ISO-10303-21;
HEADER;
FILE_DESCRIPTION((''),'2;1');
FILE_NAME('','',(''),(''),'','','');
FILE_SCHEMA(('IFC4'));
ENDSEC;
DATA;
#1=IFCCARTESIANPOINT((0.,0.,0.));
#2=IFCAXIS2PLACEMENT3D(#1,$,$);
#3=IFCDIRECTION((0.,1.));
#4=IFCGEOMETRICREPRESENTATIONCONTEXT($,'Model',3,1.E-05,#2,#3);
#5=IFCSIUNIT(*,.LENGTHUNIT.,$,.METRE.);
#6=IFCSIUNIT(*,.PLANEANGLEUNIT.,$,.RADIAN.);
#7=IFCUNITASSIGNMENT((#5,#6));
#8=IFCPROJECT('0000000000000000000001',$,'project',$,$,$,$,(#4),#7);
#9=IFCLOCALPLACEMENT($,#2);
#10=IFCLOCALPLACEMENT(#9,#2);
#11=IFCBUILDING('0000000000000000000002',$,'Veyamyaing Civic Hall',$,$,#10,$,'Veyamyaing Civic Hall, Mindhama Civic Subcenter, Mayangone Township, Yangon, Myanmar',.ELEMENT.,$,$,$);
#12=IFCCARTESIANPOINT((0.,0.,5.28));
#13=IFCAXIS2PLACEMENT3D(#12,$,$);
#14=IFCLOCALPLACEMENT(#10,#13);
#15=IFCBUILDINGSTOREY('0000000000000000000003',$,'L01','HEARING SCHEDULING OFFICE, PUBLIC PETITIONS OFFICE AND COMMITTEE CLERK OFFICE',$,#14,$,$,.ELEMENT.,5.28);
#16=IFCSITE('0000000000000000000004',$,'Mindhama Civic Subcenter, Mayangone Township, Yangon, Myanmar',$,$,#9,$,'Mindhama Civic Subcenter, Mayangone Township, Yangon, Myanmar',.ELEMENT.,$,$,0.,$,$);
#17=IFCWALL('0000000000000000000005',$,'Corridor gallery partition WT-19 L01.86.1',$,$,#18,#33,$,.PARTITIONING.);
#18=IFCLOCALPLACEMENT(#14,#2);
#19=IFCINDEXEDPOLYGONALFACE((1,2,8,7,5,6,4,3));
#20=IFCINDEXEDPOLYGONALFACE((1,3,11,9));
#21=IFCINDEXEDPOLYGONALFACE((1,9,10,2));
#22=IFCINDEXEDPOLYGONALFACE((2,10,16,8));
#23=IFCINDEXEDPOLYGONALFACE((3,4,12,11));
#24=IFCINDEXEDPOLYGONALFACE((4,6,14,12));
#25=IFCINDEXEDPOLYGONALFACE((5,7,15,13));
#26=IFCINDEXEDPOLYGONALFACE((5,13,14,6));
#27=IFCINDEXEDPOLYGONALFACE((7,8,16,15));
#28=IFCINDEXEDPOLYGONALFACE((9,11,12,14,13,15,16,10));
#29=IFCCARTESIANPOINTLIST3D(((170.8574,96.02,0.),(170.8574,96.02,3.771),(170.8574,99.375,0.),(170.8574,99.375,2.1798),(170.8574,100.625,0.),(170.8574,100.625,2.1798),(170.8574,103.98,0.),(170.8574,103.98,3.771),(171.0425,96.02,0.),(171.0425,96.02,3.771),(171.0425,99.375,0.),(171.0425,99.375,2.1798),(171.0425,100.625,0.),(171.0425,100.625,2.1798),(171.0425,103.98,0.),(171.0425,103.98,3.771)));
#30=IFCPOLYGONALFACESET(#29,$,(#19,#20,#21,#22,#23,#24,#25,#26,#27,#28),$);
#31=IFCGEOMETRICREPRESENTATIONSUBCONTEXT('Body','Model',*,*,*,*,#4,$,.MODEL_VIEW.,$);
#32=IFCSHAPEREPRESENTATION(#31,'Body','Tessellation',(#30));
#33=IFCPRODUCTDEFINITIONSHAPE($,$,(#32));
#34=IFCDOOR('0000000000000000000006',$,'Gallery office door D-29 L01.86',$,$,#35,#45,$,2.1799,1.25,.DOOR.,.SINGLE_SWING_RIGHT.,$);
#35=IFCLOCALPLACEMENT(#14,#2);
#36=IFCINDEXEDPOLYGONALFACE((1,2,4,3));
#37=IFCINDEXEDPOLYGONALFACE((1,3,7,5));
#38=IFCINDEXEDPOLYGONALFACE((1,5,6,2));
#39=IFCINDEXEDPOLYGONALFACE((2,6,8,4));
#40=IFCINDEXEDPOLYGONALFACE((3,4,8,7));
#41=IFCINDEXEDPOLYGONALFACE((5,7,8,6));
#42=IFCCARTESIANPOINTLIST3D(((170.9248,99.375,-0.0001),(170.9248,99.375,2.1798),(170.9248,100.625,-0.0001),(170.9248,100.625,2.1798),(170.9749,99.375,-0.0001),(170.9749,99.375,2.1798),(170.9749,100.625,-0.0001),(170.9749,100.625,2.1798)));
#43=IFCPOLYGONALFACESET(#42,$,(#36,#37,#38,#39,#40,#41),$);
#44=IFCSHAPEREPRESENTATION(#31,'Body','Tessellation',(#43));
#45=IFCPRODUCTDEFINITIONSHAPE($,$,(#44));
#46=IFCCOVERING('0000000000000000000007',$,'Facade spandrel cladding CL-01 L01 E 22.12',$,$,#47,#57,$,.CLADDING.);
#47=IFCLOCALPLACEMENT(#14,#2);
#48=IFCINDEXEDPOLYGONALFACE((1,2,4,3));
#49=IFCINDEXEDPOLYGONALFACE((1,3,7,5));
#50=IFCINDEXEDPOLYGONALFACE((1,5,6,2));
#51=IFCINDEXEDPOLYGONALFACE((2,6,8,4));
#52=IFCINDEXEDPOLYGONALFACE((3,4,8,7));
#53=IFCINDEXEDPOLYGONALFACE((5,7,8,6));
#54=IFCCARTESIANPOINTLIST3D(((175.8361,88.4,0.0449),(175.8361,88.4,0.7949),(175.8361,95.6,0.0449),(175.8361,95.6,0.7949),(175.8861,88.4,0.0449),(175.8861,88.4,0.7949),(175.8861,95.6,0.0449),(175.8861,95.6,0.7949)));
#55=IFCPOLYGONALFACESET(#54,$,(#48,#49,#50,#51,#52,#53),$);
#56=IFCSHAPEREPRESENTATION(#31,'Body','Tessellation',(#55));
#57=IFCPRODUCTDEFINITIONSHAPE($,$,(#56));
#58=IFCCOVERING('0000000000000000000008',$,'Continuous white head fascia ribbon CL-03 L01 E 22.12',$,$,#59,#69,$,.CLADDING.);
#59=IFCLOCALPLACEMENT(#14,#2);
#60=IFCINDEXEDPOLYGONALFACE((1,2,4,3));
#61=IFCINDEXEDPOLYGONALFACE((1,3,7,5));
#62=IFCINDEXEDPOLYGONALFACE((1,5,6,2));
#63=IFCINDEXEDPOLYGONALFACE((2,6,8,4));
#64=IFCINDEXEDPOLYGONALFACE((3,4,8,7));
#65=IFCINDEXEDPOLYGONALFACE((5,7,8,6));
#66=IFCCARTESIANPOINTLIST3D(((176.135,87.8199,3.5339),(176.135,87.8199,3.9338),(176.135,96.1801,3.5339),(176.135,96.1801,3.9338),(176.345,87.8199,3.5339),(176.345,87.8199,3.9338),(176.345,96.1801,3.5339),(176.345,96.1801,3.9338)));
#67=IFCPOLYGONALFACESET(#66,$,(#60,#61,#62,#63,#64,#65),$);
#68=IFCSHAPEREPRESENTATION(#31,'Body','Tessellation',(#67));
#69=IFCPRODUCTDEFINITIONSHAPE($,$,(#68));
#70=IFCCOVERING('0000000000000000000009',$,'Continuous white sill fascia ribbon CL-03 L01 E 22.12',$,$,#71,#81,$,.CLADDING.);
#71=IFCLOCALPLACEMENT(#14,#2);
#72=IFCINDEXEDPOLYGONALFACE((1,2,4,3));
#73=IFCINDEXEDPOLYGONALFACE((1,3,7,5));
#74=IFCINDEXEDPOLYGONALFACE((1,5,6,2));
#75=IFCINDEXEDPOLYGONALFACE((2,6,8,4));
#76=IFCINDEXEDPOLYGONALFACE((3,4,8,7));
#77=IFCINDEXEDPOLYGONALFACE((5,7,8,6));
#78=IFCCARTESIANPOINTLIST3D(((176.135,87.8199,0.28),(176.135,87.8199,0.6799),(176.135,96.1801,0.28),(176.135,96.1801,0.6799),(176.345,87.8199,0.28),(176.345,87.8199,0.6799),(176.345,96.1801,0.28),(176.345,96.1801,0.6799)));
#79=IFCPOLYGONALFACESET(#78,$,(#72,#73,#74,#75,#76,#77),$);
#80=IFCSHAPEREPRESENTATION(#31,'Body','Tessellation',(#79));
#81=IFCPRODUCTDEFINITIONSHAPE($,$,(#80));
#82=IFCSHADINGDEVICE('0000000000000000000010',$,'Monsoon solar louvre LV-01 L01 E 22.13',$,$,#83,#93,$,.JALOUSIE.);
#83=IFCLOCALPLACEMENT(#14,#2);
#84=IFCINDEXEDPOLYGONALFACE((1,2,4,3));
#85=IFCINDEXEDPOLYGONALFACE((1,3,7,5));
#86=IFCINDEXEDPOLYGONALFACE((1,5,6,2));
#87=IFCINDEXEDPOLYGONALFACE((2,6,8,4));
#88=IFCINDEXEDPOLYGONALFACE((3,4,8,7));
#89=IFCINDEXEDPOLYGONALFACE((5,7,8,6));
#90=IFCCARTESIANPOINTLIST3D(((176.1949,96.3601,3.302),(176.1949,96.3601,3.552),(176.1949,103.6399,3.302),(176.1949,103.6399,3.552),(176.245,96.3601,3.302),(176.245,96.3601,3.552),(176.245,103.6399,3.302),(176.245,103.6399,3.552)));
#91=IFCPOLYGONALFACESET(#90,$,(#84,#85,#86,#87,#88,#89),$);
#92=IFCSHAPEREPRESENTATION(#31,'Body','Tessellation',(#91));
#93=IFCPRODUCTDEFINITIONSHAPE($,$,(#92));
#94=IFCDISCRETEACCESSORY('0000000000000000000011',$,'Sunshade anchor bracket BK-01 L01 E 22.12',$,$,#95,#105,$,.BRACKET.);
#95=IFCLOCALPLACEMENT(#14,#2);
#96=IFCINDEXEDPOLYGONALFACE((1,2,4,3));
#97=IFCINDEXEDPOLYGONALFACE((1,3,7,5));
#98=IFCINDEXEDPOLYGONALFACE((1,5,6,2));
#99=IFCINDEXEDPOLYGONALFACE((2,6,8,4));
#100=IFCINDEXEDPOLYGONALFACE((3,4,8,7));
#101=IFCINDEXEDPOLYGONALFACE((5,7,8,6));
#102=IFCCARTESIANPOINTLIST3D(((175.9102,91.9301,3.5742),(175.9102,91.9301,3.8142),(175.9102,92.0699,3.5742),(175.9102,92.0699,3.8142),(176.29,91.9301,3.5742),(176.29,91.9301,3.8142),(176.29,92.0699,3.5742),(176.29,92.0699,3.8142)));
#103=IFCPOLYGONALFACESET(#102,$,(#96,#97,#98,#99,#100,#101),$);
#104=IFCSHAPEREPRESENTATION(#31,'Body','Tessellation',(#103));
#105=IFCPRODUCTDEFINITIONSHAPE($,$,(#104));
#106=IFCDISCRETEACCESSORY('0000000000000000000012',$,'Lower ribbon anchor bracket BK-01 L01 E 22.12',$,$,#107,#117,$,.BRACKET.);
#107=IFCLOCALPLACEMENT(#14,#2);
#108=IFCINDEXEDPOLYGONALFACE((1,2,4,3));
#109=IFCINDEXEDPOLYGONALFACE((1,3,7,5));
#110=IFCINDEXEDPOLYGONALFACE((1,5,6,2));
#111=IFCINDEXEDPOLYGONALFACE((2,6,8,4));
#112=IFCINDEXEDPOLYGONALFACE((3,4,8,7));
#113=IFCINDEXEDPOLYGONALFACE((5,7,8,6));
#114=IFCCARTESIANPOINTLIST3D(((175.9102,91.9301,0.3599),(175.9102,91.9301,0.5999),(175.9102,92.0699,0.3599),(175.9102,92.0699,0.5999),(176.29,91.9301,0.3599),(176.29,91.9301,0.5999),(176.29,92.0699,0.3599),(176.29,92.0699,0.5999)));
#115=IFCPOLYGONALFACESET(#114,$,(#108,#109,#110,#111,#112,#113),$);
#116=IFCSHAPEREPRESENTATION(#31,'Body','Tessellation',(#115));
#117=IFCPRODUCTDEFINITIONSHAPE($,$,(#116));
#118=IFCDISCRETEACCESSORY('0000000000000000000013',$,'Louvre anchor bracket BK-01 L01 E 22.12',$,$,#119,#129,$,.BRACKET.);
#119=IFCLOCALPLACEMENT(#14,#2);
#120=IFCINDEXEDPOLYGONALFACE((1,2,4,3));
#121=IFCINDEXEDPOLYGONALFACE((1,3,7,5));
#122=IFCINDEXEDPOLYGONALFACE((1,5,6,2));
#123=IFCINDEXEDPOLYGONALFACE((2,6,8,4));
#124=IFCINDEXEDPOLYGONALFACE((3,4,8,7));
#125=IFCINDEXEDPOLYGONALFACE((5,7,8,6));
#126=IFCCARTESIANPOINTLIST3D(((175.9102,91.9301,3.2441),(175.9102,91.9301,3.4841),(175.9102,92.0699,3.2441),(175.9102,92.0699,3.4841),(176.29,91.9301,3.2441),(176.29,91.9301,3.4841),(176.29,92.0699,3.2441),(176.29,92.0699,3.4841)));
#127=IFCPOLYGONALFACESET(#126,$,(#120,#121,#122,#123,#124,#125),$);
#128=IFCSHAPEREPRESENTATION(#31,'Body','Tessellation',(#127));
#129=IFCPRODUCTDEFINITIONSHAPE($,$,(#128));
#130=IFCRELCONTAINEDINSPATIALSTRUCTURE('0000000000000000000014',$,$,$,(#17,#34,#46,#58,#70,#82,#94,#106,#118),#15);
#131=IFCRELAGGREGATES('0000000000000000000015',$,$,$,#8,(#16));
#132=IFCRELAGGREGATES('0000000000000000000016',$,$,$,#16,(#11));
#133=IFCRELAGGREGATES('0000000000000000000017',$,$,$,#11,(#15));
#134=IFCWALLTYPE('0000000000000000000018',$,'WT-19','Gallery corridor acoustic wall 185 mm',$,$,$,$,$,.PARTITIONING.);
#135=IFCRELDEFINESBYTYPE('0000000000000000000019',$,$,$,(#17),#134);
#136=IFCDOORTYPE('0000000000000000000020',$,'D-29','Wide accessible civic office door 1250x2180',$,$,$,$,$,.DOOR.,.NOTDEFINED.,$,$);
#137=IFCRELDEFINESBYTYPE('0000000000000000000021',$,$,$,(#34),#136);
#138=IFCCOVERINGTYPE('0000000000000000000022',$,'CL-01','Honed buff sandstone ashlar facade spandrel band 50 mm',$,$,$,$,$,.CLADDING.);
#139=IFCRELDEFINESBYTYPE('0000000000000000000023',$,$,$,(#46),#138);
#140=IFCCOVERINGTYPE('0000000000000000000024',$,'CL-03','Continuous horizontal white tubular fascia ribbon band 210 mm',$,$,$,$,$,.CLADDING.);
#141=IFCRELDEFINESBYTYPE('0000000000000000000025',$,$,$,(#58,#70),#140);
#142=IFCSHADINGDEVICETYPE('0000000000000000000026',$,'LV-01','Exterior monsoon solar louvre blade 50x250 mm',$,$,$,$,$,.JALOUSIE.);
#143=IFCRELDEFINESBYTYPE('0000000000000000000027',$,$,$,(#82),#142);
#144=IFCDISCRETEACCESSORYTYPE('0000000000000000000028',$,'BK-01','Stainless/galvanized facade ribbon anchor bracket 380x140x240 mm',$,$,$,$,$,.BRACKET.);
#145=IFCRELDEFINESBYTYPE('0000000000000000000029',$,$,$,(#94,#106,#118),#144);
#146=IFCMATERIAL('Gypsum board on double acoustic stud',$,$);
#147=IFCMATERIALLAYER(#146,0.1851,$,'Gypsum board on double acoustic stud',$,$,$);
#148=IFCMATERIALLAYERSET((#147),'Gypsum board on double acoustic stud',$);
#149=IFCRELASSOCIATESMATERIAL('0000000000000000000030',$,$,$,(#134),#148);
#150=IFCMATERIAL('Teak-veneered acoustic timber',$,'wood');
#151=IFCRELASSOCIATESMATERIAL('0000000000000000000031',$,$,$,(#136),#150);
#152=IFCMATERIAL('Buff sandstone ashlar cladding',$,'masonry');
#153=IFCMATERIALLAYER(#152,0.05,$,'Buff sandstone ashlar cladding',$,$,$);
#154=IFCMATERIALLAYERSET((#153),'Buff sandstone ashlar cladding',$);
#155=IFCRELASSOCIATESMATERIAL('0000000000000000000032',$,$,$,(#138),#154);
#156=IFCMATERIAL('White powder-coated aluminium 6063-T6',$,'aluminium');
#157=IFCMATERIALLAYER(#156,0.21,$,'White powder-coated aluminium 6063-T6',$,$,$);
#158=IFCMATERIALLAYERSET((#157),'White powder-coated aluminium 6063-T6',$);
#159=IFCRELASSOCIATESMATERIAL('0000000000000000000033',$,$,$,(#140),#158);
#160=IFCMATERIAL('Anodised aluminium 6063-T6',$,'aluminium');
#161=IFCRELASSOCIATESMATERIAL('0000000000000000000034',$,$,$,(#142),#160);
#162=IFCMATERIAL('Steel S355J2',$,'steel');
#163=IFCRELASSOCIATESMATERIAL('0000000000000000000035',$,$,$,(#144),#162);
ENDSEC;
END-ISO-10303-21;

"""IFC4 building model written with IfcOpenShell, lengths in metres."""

from ifc_helpers import new_model, si_unit, direction, frame, frame_2d, origin, origin_2d, place, context, subcontext, project, spatial, rectangle, extrude, material, layer, layer_set, material_profile, profile_set, type_object, element, fill, save


model = new_model("IFC4")

# Units and contexts
model_context = context("Model", 3, precision=1e-05, world=origin(), true_north=direction((0.0, 1.0)))
body_context = subcontext(model_context, "Body", "Model", "MODEL_VIEW")
ifc_project = project(units=[si_unit("LENGTHUNIT", "METRE"), si_unit("PLANEANGLEUNIT", "RADIAN")], contexts=[model_context])

# Site, building, storey
site_placement = place(None, origin())
site = spatial("IfcSite", under=ifc_project, at=site_placement, Name="Mindhama Civic Subcenter, Mayangone Township, Yangon, Myanmar", LongName="Mindhama Civic Subcenter, Mayangone Township, Yangon, Myanmar", CompositionType="ELEMENT", RefElevation=0.0)
building_placement = place(site_placement, origin())
building = spatial("IfcBuilding", under=site, at=building_placement, Name="Veyamyaing Civic Hall", LongName="Veyamyaing Civic Hall, Mindhama Civic Subcenter, Mayangone Township, Yangon, Myanmar", CompositionType="ELEMENT")
storey_placement = place(building_placement, frame((0.0, 0.0, 5.28)))
storey = spatial("IfcBuildingStorey", under=building, at=storey_placement, Name="L01", Description="HEARING SCHEDULING OFFICE, PUBLIC PETITIONS OFFICE AND COMMITTEE CLERK OFFICE", CompositionType="ELEMENT", Elevation=5.28)

# Shared definitions
ifc_material_1 = material(Name="Steel S355J2", Category="steel")

# Wall, opening, door
ifc_material_2 = material(Name="Gypsum board on double acoustic stud")
ifc_layer_1 = layer(ifc_material_2, 0.1851, Name="Gypsum board on double acoustic stud")
ifc_layer_set_1 = layer_set([ifc_layer_1], Name="Gypsum board on double acoustic stud")
wall_type_1 = type_object("IfcWallType", Name="WT-19", Description="Gallery corridor acoustic wall 185 mm", PredefinedType="PARTITIONING", material=ifc_layer_set_1)
wall_1_placement = place(storey_placement, frame((170.95, 96.02, 0.0), z_axis=(0.0, 0.0, 1.0), x_axis=(0.0, 1.0, 0.0)))
wall_1 = element("IfcWall", 1, at=wall_1_placement, inside=storey, type_object=wall_type_1, Name="Corridor gallery partition WT-19 L01.86.1", PredefinedType="PARTITIONING", context=body_context, shape_type="SweptSolid", body=[
    extrude(rectangle(XDim=7.96, YDim=0.1851, at=frame_2d((3.98, 0.0))), origin(), (0.0, 0.0, 1.0), 3.771),
])
opening_1_placement = place(wall_1_placement, frame((3.355, 0.0, 0.0)))
opening_1 = element("IfcOpeningElement", 2, at=opening_1_placement, cuts=wall_1, PredefinedType="OPENING", context=body_context, shape_type="SweptSolid", body=[
    extrude(rectangle(XDim=1.25, YDim=2.1799, at=frame_2d((0.625, 1.0898))), frame((0.0, 0.1025, 0.0), z_axis=(0.0, -1.0, 0.0), x_axis=(1.0, 0.0, 0.0)), (0.0, 0.0, 1.0), 0.2051),
])
ifc_material_3 = material(Name="Teak-veneered acoustic timber", Category="wood")
door_type = type_object("IfcDoorType", Name="D-29", Description="Wide accessible civic office door 1250x2180", OperationType="NOTDEFINED", PredefinedType="DOOR", material=ifc_material_3)
door_placement = place(opening_1_placement, frame((1.25, 0.0, 0.0), z_axis=(0.0, 0.0, 1.0), x_axis=(-1.0, 0.0, 0.0)))
door = element("IfcDoor", 3, at=door_placement, inside=storey, type_object=door_type, Name="Gallery office door D-29 L01.86", OperationType="SINGLE_SWING_RIGHT", OverallHeight=2.1799, OverallWidth=1.25, PredefinedType="DOOR", context=body_context, shape_type="SweptSolid", body=[
    extrude(rectangle(XDim=1.25, YDim=2.1799, at=frame_2d((0.625, 1.0898))), frame((0.0, 0.0249, 0.0), z_axis=(0.0, -1.0, 0.0), x_axis=(1.0, 0.0, 0.0)), (0.0, 0.0, 1.0), 0.05),
])
fill(opening_1, door)

# Coverings
ifc_material_4 = material(Name="Buff sandstone ashlar cladding", Category="masonry")
ifc_layer_2 = layer(ifc_material_4, 0.05, Name="Buff sandstone ashlar cladding")
ifc_layer_set_2 = layer_set([ifc_layer_2], Name="Buff sandstone ashlar cladding")
covering_type_1 = type_object("IfcCoveringType", Name="CL-01", Description="Honed buff sandstone ashlar facade spandrel band 50 mm", PredefinedType="CLADDING", material=ifc_layer_set_2)
covering_placement = place(storey_placement, frame((175.8611, 92.0, 0.0449), z_axis=(0.0, 0.0, 1.0), x_axis=(0.0, 1.0, 0.0)))
element("IfcCovering", 4, at=covering_placement, inside=storey, type_object=covering_type_1, Name="Facade spandrel cladding CL-01 L01 E 22.12", PredefinedType="CLADDING", context=body_context, shape_type="SweptSolid", body=[
    extrude(rectangle(XDim=7.2, YDim=0.05, at=origin_2d()), origin(), (0.0, 0.0, 1.0), 0.75),
])
ifc_material_5 = material(Name="White powder-coated aluminium 6063-T6", Category="aluminium")
ifc_layer_3 = layer(ifc_material_5, 0.21, Name="White powder-coated aluminium 6063-T6")
ifc_layer_set_3 = layer_set([ifc_layer_3], Name="White powder-coated aluminium 6063-T6")
covering_type_2 = type_object("IfcCoveringType", Name="CL-03", Description="Continuous horizontal white tubular fascia ribbon band 210 mm", PredefinedType="CLADDING", material=ifc_layer_set_3)
for number, where, z_axis, x_axis, name in (
    (5, (176.24, 92.0, 3.5339), (0.0, 0.0, 1.0), (0.0, 1.0, 0.0), "Continuous white head fascia ribbon CL-03 L01 E 22.12"),
    (6, (176.24, 92.0, 0.28), (0.0, 0.0, 1.0), (0.0, 1.0, 0.0), "Continuous white sill fascia ribbon CL-03 L01 E 22.12"),
):
    element("IfcCovering", number, at=place(storey_placement, frame(where, z_axis=z_axis, x_axis=x_axis)), inside=storey, type_object=covering_type_2, Name=name, PredefinedType="CLADDING", context=body_context, shape_type="SweptSolid", body=[
        extrude(rectangle(XDim=8.3601, YDim=0.21, at=origin_2d()), origin(), (0.0, 0.0, 1.0), 0.3999),
    ])

# Shading device
ifc_material_6 = material(Name="Anodised aluminium 6063-T6", Category="aluminium")
ifc_material_profile_1 = material_profile(ifc_material_6, rectangle(XDim=0.05, YDim=0.25, at=origin_2d()), Name="LOUVRE-BLADE-50X250")
ifc_profile_set_1 = profile_set([ifc_material_profile_1], Name="Anodised aluminium 6063-T6")
shading_device_type = type_object("IfcShadingDeviceType", Name="LV-01", Description="Exterior monsoon solar louvre blade 50x250 mm", PredefinedType="JALOUSIE", material=ifc_profile_set_1)
shading_device_placement = place(storey_placement, frame((176.22, 96.3601, 3.427), z_axis=(0.0, 1.0, 0.0), x_axis=(-1.0, 0.0, 0.0)))
element("IfcShadingDevice", 7, at=shading_device_placement, inside=storey, type_object=shading_device_type, Name="Monsoon solar louvre LV-01 L01 E 22.13", PredefinedType="JALOUSIE", context=body_context, shape_type="SweptSolid", body=[
    extrude(rectangle(XDim=0.05, YDim=0.25, at=origin_2d()), origin(), (0.0, 0.0, 1.0), 7.2798),
])

# Discrete accessories
discrete_accessory_type = type_object("IfcDiscreteAccessoryType", Name="BK-01", Description="Stainless/galvanized facade ribbon anchor bracket 380x140x240 mm", PredefinedType="BRACKET", material=ifc_material_1)
for number, where, z_axis, x_axis, name in (
    (8, (176.1001, 92.0, 3.5742), (0.0, 0.0, 1.0), (1.0, 0.0, 0.0), "Sunshade anchor bracket BK-01 L01 E 22.12"),
    (9, (176.1001, 92.0, 0.3599), (0.0, 0.0, 1.0), (1.0, 0.0, 0.0), "Lower ribbon anchor bracket BK-01 L01 E 22.12"),
    (10, (176.1001, 92.0, 3.2441), (0.0, 0.0, 1.0), (1.0, 0.0, 0.0), "Louvre anchor bracket BK-01 L01 E 22.12"),
):
    element("IfcDiscreteAccessory", number, at=place(storey_placement, frame(where, z_axis=z_axis, x_axis=x_axis)), inside=storey, type_object=discrete_accessory_type, Name=name, PredefinedType="BRACKET", context=body_context, shape_type="SweptSolid", body=[
        extrude(rectangle(XDim=0.3799, YDim=0.1399, at=origin_2d()), origin(), (0.0, 0.0, 1.0), 0.24),
    ])

save(model, "model.ifc")
